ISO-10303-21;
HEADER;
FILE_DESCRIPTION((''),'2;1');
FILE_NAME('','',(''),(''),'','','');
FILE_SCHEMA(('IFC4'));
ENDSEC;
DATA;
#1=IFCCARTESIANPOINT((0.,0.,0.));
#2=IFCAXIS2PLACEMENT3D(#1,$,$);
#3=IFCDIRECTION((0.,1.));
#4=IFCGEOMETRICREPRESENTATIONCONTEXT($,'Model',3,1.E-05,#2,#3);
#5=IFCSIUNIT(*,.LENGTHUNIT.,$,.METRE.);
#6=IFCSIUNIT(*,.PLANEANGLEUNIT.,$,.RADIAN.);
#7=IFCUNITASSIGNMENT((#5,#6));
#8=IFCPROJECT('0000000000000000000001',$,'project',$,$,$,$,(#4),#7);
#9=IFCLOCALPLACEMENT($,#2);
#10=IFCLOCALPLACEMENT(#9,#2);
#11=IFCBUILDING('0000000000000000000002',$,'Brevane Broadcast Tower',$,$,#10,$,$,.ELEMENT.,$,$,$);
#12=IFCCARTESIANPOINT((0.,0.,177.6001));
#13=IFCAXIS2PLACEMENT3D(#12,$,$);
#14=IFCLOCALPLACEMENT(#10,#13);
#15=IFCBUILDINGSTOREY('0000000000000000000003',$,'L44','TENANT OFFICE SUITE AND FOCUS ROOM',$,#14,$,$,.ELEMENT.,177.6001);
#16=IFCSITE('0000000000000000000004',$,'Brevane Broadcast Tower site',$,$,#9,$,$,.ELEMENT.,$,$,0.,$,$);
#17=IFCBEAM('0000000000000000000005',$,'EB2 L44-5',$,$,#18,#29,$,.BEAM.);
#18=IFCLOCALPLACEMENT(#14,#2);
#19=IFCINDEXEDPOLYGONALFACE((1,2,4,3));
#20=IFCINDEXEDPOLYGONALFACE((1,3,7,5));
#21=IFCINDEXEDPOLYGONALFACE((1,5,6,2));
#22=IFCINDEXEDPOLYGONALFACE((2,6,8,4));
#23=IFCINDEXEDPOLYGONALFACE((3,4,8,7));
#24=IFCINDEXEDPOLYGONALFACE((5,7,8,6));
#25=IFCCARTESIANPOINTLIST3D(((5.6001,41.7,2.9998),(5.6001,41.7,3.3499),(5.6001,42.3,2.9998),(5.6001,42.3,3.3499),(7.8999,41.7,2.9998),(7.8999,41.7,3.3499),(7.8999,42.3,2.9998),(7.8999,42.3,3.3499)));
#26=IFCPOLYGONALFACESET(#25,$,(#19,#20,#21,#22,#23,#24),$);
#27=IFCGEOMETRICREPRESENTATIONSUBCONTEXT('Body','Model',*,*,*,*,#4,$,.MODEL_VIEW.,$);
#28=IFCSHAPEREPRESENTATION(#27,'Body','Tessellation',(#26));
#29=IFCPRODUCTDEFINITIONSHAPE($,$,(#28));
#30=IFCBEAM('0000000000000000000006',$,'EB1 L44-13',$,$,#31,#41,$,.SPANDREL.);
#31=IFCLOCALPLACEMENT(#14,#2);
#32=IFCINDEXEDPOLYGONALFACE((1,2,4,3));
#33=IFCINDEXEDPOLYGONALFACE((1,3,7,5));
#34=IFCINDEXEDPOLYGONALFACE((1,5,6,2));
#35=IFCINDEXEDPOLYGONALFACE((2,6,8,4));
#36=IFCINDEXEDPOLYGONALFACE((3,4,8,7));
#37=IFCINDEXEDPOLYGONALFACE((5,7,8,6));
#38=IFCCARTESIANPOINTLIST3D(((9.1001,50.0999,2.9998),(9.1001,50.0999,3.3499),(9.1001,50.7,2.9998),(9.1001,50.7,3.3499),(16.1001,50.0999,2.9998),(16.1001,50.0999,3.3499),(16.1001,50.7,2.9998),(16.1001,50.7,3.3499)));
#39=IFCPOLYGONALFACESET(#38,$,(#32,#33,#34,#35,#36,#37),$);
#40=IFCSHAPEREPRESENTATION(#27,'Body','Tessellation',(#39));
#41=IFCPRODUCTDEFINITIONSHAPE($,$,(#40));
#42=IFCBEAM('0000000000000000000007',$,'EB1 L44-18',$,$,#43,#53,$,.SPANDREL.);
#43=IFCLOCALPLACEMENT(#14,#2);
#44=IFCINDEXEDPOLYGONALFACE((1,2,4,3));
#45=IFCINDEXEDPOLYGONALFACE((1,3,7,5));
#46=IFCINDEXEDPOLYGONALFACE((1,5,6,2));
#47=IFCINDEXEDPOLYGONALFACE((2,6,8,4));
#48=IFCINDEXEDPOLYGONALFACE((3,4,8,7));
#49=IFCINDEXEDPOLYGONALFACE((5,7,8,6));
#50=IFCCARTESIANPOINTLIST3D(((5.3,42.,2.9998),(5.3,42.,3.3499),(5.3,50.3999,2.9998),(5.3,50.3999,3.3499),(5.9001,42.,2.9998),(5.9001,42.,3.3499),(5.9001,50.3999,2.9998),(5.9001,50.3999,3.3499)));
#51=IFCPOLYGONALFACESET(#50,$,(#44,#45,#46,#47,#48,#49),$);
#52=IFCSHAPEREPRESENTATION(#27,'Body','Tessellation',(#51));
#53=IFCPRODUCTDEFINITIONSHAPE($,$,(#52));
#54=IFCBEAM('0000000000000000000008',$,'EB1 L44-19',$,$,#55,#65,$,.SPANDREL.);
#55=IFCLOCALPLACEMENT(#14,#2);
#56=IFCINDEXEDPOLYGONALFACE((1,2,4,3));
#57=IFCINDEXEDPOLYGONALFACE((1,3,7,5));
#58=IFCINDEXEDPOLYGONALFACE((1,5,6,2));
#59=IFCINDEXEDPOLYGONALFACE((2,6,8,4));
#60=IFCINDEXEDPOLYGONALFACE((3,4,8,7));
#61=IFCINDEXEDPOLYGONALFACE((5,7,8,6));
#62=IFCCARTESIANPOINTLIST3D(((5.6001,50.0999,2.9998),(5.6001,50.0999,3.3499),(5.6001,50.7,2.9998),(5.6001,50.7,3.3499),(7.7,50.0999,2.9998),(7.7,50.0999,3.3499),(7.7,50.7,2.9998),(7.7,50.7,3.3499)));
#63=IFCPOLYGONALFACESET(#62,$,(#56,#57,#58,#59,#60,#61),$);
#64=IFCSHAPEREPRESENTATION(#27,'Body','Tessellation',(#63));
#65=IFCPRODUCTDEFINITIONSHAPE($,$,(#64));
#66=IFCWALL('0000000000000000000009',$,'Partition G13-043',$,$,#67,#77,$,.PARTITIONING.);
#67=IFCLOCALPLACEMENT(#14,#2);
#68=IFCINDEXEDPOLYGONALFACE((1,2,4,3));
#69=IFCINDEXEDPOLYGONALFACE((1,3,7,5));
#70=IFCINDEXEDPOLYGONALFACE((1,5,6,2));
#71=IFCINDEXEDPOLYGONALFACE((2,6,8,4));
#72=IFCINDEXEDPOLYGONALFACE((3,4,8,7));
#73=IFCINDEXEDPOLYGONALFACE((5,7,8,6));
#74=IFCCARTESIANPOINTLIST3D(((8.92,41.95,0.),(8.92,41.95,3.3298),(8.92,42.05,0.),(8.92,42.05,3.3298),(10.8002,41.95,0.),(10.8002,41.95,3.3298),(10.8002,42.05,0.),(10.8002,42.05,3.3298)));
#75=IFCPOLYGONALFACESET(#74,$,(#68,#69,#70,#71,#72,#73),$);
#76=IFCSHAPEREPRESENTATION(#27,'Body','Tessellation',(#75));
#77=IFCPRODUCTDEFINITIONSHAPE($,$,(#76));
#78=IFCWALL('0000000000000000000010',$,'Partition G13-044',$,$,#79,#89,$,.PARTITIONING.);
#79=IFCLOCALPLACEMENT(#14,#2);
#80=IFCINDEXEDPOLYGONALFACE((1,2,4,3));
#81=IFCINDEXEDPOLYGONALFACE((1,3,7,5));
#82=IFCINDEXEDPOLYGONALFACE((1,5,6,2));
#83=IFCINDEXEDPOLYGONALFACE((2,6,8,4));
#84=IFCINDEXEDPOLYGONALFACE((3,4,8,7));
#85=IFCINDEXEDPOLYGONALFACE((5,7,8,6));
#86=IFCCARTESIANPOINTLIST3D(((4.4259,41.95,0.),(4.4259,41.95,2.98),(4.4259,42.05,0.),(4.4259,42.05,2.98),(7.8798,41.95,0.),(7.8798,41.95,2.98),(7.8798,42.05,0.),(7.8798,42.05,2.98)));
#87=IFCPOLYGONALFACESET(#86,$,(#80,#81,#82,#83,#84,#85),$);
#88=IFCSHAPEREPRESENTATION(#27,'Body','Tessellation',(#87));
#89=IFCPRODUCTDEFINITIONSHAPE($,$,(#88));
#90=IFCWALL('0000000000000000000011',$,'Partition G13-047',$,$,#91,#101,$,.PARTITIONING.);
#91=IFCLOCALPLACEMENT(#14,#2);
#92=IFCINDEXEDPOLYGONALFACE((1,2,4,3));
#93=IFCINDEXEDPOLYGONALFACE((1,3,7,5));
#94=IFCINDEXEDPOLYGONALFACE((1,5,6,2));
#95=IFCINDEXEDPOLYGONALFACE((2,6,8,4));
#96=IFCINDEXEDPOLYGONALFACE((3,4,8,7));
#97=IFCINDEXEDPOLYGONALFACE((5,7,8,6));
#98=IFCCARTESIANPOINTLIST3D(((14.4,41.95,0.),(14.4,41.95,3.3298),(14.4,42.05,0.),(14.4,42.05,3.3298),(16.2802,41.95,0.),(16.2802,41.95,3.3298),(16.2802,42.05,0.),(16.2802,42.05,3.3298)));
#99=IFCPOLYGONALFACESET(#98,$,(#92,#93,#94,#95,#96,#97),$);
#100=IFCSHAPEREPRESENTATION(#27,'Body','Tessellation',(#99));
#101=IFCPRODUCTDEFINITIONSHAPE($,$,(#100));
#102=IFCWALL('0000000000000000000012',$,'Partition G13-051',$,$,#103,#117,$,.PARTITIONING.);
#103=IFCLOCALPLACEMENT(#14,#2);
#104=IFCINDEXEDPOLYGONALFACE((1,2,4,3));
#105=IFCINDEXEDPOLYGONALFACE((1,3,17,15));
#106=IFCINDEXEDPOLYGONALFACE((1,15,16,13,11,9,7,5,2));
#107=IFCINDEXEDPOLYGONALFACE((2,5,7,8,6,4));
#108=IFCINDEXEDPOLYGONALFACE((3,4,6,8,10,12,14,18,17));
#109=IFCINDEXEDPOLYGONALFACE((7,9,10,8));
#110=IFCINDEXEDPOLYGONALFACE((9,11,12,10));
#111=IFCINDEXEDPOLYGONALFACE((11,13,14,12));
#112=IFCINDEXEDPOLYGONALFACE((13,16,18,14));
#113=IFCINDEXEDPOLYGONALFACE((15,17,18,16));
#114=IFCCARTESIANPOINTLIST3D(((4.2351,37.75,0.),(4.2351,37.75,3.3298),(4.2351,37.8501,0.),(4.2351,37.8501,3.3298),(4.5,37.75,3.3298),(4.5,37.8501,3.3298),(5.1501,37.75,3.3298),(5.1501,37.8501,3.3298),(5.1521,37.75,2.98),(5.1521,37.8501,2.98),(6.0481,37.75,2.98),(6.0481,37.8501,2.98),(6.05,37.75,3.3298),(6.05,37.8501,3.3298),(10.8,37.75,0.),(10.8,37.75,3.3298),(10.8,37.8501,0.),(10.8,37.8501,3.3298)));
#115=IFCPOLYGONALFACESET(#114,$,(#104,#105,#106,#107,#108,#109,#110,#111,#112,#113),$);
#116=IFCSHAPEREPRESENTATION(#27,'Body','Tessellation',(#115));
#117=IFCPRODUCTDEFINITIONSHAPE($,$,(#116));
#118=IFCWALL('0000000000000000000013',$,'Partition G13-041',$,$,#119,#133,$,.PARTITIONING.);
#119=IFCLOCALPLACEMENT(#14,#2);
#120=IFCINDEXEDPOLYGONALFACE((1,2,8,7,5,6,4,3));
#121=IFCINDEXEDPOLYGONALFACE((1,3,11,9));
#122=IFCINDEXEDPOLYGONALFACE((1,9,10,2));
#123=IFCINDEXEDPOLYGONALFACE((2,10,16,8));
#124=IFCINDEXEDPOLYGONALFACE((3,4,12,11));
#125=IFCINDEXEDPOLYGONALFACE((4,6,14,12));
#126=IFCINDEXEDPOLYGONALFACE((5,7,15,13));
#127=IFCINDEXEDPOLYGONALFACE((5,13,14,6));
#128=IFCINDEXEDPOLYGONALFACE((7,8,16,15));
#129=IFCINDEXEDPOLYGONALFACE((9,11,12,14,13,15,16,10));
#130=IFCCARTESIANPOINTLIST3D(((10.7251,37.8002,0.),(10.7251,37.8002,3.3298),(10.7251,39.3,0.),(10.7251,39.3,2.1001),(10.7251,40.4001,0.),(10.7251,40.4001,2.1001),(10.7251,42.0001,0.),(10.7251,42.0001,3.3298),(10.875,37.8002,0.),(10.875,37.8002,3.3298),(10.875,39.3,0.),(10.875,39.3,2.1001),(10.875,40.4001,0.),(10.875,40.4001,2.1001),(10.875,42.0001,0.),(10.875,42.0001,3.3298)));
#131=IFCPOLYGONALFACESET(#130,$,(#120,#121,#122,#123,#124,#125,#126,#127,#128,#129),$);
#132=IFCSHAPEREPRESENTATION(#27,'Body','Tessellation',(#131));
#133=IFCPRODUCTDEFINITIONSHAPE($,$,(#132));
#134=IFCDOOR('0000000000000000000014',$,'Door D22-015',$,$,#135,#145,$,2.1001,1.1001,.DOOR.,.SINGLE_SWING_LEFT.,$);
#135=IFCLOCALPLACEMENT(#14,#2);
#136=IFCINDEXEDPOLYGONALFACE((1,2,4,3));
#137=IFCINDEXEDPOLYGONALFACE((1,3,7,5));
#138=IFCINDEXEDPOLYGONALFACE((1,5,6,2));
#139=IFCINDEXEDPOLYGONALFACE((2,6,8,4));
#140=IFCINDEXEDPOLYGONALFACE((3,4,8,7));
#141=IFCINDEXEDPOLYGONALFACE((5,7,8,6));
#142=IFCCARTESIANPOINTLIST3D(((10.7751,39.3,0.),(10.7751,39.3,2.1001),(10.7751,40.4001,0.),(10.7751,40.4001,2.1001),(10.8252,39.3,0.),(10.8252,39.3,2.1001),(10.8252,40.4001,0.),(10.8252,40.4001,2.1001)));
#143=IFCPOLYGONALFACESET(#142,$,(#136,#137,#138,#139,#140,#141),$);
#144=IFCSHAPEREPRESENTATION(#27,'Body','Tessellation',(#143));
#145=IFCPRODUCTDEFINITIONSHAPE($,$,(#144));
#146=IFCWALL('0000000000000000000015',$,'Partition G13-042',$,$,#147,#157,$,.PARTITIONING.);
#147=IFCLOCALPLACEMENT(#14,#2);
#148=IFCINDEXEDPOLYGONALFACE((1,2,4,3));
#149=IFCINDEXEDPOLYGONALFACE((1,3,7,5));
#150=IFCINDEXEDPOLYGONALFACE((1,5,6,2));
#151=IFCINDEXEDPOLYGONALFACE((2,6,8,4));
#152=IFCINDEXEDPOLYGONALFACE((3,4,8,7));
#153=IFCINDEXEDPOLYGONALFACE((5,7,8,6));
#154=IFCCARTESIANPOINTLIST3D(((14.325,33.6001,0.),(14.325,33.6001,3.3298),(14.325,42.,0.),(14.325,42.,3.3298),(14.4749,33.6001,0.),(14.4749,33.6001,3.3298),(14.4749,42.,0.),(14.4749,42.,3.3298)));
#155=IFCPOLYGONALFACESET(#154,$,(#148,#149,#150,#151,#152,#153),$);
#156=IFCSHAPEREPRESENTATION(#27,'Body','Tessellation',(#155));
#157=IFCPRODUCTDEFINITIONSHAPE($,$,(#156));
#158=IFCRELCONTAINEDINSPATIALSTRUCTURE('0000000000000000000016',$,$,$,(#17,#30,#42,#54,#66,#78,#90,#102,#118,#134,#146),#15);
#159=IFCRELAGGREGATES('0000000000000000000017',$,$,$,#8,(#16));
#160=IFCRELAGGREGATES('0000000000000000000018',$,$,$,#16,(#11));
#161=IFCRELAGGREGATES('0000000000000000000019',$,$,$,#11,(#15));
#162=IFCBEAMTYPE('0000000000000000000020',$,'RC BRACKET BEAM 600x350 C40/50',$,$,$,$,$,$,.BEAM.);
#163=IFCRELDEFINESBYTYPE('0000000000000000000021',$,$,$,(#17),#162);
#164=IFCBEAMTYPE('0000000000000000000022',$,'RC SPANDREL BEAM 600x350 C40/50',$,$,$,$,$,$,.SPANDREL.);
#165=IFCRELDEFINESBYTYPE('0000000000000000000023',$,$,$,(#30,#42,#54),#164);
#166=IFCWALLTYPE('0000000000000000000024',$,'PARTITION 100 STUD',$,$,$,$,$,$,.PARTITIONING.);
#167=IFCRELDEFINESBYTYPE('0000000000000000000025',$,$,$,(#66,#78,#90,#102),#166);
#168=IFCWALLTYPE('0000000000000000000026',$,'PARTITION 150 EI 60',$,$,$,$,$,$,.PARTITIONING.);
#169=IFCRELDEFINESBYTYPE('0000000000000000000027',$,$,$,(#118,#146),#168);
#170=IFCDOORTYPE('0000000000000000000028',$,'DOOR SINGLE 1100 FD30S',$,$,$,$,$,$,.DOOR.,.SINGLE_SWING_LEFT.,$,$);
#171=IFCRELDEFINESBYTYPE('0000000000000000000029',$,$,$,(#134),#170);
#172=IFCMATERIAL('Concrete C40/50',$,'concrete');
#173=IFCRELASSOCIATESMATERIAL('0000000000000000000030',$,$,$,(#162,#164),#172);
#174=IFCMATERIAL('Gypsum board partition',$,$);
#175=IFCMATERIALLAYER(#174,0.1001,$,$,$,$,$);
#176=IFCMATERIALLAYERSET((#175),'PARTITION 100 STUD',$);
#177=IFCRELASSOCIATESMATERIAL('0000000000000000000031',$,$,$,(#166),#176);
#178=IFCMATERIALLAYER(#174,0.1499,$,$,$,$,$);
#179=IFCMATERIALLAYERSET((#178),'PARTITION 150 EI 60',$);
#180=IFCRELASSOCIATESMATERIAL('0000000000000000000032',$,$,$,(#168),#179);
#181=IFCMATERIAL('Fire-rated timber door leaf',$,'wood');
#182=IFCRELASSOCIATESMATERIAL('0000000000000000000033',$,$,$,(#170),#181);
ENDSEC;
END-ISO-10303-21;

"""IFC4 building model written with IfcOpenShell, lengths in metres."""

from ifc_helpers import new_model, si_unit, direction, frame, frame_2d, origin, origin_2d, place, context, subcontext, project, spatial, polyline, rectangle, outline, extrude, material, layer, layer_set, material_profile, profile_set, type_object, element, fill, save


model = new_model("IFC4")

# Units and contexts
model_context = context("Model", 3, precision=1e-05, world=origin(), true_north=direction((0.0, 1.0)))
body_context = subcontext(model_context, "Body", "Model", "MODEL_VIEW")
ifc_project = project(units=[si_unit("LENGTHUNIT", "METRE"), si_unit("PLANEANGLEUNIT", "RADIAN")], contexts=[model_context])

# Site, building, storey
site_placement = place(None, origin())
site = spatial("IfcSite", under=ifc_project, at=site_placement, Name="Brevane Broadcast Tower site", CompositionType="ELEMENT", RefElevation=0.0)
building_placement = place(site_placement, origin())
building = spatial("IfcBuilding", under=site, at=building_placement, Name="Brevane Broadcast Tower", CompositionType="ELEMENT")
storey_placement = place(building_placement, frame((0.0, 0.0, 177.6001)))
storey = spatial("IfcBuildingStorey", under=building, at=storey_placement, Name="L44", Description="TENANT OFFICE SUITE AND FOCUS ROOM", CompositionType="ELEMENT", Elevation=177.6001)

# Beams
ifc_material_1 = material(Name="Concrete C40/50", Category="concrete")
ifc_material_profile_1 = material_profile(ifc_material_1, rectangle(XDim=0.6001, YDim=0.3501, at=origin_2d()), Name="RC 600x350")
ifc_profile_set_1 = profile_set([ifc_material_profile_1], Name="Concrete C40/50")
beam_type_1 = type_object("IfcBeamType", Name="RC BRACKET BEAM 600x350 C40/50", PredefinedType="BEAM", material=ifc_profile_set_1)
beam_1_placement = place(storey_placement, frame((7.8999, 42.0, 3.1748), z_axis=(-1.0, 0.0, 0.0), x_axis=(0.0, -1.0, 0.0)))
element("IfcBeam", 1, at=beam_1_placement, inside=storey, type_object=beam_type_1, Name="EB2 L44-5", PredefinedType="BEAM", context=body_context, shape_type="SweptSolid", body=[
    extrude(rectangle(XDim=0.6001, YDim=0.3501, at=origin_2d()), origin(), (0.0, 0.0, 1.0), 2.2998),
])
ifc_material_profile_2 = material_profile(ifc_material_1, rectangle(XDim=0.6001, YDim=0.3501, at=origin_2d()), Name="RC 600x350")
ifc_profile_set_2 = profile_set([ifc_material_profile_2], Name="Concrete C40/50")
beam_type_2 = type_object("IfcBeamType", Name="RC SPANDREL BEAM 600x350 C40/50", PredefinedType="SPANDREL", material=ifc_profile_set_2)
beam_2_placement = place(storey_placement, frame((16.1001, 50.3999, 3.1748), z_axis=(-1.0, 0.0, 0.0), x_axis=(0.0, -1.0, 0.0)))
element("IfcBeam", 2, at=beam_2_placement, inside=storey, type_object=beam_type_2, Name="EB1 L44-13", PredefinedType="SPANDREL", context=body_context, shape_type="SweptSolid", body=[
    extrude(rectangle(XDim=0.6001, YDim=0.3501, at=origin_2d()), origin(), (0.0, 0.0, 1.0), 7.0),
])
beam_3_placement = place(storey_placement, frame((5.6001, 42.0, 3.1748), z_axis=(0.0, 1.0, 0.0), x_axis=(-1.0, 0.0, 0.0)))
element("IfcBeam", 3, at=beam_3_placement, inside=storey, type_object=beam_type_2, Name="EB1 L44-18", PredefinedType="SPANDREL", context=body_context, shape_type="SweptSolid", body=[
    extrude(rectangle(XDim=0.6001, YDim=0.3501, at=origin_2d()), origin(), (0.0, 0.0, 1.0), 8.3999),
])
beam_4_placement = place(storey_placement, frame((5.6001, 50.3999, 3.1748), z_axis=(1.0, 0.0, 0.0), x_axis=(0.0, 1.0, 0.0)))
element("IfcBeam", 4, at=beam_4_placement, inside=storey, type_object=beam_type_2, Name="EB1 L44-19", PredefinedType="SPANDREL", context=body_context, shape_type="SweptSolid", body=[
    extrude(rectangle(XDim=0.6001, YDim=0.3501, at=origin_2d()), origin(), (0.0, 0.0, 1.0), 2.0999),
])

# Walls
ifc_material_2 = material(Name="Gypsum board partition")
ifc_layer_1 = layer(ifc_material_2, 0.1001)
ifc_layer_set_1 = layer_set([ifc_layer_1], Name="PARTITION 100 STUD")
wall_type_1 = type_object("IfcWallType", Name="PARTITION 100 STUD", PredefinedType="PARTITIONING", material=ifc_layer_set_1)
wall_1_placement = place(storey_placement, frame((10.8, 42.0, 0.0), z_axis=(0.0, 0.0, 1.0), x_axis=(-1.0, 0.0, 0.0)))
element("IfcWall", 5, at=wall_1_placement, inside=storey, type_object=wall_type_1, Name="Partition G13-043", PredefinedType="PARTITIONING", context=body_context, shape_type="SweptSolid", body=[
    extrude(rectangle(XDim=1.8801, YDim=0.1001, at=frame_2d((0.9399, 0.0))), origin(), (0.0, 0.0, 1.0), 3.3298),
])
wall_2_placement = place(storey_placement, frame((7.8799, 42.0, 0.0), z_axis=(0.0, 0.0, 1.0), x_axis=(-1.0, 0.0, 0.0)))
element("IfcWall", 6, at=wall_2_placement, inside=storey, type_object=wall_type_1, Name="Partition G13-044", PredefinedType="PARTITIONING", context=body_context, shape_type="SweptSolid", body=[
    extrude(rectangle(XDim=3.4539, YDim=0.1001, at=frame_2d((1.7271, 0.0))), origin(), (0.0, 0.0, 1.0), 2.98),
])
wall_3_placement = place(storey_placement, frame((16.28, 42.0, 0.0), z_axis=(0.0, 0.0, 1.0), x_axis=(-1.0, 0.0, 0.0)))
element("IfcWall", 7, at=wall_3_placement, inside=storey, type_object=wall_type_1, Name="Partition G13-047", PredefinedType="PARTITIONING", context=body_context, shape_type="SweptSolid", body=[
    extrude(rectangle(XDim=1.8801, YDim=0.1001, at=frame_2d((0.9399, 0.0))), origin(), (0.0, 0.0, 1.0), 3.3298),
])
wall_4_placement = place(storey_placement, frame((4.2351, 37.8, 0.0), z_axis=(0.0, 0.0, 1.0), x_axis=(1.0, 0.0, 0.0)))
element("IfcWall", 8, at=wall_4_placement, inside=storey, type_object=wall_type_1, Name="Partition G13-051", PredefinedType="PARTITIONING", context=body_context, shape_type="SweptSolid", body=[
    extrude(outline(polyline([(0.0, 0.0), (6.5649, 0.0), (6.5649, 3.3298), (1.8149, 3.3298), (1.813, 2.98), (0.917, 2.98), (0.915, 3.3298), (0.2649, 3.3298), (0.0, 3.3298), (0.0, 0.0)])), frame((0.0, 0.05, 0.0), z_axis=(0.0, -1.0, 0.0), x_axis=(1.0, 0.0, 0.0)), (0.0, 0.0, 1.0), 0.1001),
])

# Wall, opening, door
ifc_layer_2 = layer(ifc_material_2, 0.1499)
ifc_layer_set_2 = layer_set([ifc_layer_2], Name="PARTITION 150 EI 60")
wall_type_2 = type_object("IfcWallType", Name="PARTITION 150 EI 60", PredefinedType="PARTITIONING", material=ifc_layer_set_2)
ifc_material_3 = material(Name="Fire-rated timber door leaf", Category="wood")
wall_5_placement = place(storey_placement, frame((10.8, 37.8, 0.0), z_axis=(0.0, 0.0, 1.0), x_axis=(0.0, 1.0, 0.0)))
wall_5 = element("IfcWall", 9, at=wall_5_placement, inside=storey, type_object=wall_type_2, Name="Partition G13-041", PredefinedType="PARTITIONING", context=body_context, shape_type="SweptSolid", body=[
    extrude(rectangle(XDim=4.2, YDim=0.1499, at=frame_2d((2.1001, 0.0))), origin(), (0.0, 0.0, 1.0), 3.3298),
])
opening_1_placement = place(wall_5_placement, frame((1.5, 0.0, 0.0)))
opening_1 = element("IfcOpeningElement", 10, at=opening_1_placement, cuts=wall_5, PredefinedType="OPENING", context=body_context, shape_type="SweptSolid", body=[
    extrude(rectangle(XDim=1.1001, YDim=2.1001, at=frame_2d((0.55, 1.05))), frame((0.0, 0.085, 0.0), z_axis=(0.0, -1.0, 0.0), x_axis=(1.0, 0.0, 0.0)), (0.0, 0.0, 1.0), 0.1699),
])
door_type_1 = type_object("IfcDoorType", Name="DOOR SINGLE 1100 FD30S", OperationType="SINGLE_SWING_LEFT", PredefinedType="DOOR", material=ifc_material_3)
door_1_placement = place(opening_1_placement, origin())
door_1 = element("IfcDoor", 11, at=door_1_placement, inside=storey, type_object=door_type_1, Name="Door D22-015", OperationType="SINGLE_SWING_LEFT", OverallHeight=2.1001, OverallWidth=1.1001, PredefinedType="DOOR", context=body_context, shape_type="SweptSolid", body=[
    extrude(rectangle(XDim=1.1001, YDim=2.1001, at=frame_2d((0.55, 1.05))), frame((0.0, 0.0249, 0.0), z_axis=(0.0, -1.0, 0.0), x_axis=(1.0, 0.0, 0.0)), (0.0, 0.0, 1.0), 0.05),
])
fill(opening_1, door_1)

# Wall
wall_6_placement = place(storey_placement, frame((14.3999, 42.0, 0.0), z_axis=(0.0, 0.0, 1.0), x_axis=(0.0, -1.0, 0.0)))
element("IfcWall", 12, at=wall_6_placement, inside=storey, type_object=wall_type_2, Name="Partition G13-042", PredefinedType="PARTITIONING", context=body_context, shape_type="SweptSolid", body=[
    extrude(rectangle(XDim=8.3999, YDim=0.1499, at=frame_2d((4.2, 0.0))), origin(), (0.0, 0.0, 1.0), 3.3298),
])

save(model, "model.ifc")
